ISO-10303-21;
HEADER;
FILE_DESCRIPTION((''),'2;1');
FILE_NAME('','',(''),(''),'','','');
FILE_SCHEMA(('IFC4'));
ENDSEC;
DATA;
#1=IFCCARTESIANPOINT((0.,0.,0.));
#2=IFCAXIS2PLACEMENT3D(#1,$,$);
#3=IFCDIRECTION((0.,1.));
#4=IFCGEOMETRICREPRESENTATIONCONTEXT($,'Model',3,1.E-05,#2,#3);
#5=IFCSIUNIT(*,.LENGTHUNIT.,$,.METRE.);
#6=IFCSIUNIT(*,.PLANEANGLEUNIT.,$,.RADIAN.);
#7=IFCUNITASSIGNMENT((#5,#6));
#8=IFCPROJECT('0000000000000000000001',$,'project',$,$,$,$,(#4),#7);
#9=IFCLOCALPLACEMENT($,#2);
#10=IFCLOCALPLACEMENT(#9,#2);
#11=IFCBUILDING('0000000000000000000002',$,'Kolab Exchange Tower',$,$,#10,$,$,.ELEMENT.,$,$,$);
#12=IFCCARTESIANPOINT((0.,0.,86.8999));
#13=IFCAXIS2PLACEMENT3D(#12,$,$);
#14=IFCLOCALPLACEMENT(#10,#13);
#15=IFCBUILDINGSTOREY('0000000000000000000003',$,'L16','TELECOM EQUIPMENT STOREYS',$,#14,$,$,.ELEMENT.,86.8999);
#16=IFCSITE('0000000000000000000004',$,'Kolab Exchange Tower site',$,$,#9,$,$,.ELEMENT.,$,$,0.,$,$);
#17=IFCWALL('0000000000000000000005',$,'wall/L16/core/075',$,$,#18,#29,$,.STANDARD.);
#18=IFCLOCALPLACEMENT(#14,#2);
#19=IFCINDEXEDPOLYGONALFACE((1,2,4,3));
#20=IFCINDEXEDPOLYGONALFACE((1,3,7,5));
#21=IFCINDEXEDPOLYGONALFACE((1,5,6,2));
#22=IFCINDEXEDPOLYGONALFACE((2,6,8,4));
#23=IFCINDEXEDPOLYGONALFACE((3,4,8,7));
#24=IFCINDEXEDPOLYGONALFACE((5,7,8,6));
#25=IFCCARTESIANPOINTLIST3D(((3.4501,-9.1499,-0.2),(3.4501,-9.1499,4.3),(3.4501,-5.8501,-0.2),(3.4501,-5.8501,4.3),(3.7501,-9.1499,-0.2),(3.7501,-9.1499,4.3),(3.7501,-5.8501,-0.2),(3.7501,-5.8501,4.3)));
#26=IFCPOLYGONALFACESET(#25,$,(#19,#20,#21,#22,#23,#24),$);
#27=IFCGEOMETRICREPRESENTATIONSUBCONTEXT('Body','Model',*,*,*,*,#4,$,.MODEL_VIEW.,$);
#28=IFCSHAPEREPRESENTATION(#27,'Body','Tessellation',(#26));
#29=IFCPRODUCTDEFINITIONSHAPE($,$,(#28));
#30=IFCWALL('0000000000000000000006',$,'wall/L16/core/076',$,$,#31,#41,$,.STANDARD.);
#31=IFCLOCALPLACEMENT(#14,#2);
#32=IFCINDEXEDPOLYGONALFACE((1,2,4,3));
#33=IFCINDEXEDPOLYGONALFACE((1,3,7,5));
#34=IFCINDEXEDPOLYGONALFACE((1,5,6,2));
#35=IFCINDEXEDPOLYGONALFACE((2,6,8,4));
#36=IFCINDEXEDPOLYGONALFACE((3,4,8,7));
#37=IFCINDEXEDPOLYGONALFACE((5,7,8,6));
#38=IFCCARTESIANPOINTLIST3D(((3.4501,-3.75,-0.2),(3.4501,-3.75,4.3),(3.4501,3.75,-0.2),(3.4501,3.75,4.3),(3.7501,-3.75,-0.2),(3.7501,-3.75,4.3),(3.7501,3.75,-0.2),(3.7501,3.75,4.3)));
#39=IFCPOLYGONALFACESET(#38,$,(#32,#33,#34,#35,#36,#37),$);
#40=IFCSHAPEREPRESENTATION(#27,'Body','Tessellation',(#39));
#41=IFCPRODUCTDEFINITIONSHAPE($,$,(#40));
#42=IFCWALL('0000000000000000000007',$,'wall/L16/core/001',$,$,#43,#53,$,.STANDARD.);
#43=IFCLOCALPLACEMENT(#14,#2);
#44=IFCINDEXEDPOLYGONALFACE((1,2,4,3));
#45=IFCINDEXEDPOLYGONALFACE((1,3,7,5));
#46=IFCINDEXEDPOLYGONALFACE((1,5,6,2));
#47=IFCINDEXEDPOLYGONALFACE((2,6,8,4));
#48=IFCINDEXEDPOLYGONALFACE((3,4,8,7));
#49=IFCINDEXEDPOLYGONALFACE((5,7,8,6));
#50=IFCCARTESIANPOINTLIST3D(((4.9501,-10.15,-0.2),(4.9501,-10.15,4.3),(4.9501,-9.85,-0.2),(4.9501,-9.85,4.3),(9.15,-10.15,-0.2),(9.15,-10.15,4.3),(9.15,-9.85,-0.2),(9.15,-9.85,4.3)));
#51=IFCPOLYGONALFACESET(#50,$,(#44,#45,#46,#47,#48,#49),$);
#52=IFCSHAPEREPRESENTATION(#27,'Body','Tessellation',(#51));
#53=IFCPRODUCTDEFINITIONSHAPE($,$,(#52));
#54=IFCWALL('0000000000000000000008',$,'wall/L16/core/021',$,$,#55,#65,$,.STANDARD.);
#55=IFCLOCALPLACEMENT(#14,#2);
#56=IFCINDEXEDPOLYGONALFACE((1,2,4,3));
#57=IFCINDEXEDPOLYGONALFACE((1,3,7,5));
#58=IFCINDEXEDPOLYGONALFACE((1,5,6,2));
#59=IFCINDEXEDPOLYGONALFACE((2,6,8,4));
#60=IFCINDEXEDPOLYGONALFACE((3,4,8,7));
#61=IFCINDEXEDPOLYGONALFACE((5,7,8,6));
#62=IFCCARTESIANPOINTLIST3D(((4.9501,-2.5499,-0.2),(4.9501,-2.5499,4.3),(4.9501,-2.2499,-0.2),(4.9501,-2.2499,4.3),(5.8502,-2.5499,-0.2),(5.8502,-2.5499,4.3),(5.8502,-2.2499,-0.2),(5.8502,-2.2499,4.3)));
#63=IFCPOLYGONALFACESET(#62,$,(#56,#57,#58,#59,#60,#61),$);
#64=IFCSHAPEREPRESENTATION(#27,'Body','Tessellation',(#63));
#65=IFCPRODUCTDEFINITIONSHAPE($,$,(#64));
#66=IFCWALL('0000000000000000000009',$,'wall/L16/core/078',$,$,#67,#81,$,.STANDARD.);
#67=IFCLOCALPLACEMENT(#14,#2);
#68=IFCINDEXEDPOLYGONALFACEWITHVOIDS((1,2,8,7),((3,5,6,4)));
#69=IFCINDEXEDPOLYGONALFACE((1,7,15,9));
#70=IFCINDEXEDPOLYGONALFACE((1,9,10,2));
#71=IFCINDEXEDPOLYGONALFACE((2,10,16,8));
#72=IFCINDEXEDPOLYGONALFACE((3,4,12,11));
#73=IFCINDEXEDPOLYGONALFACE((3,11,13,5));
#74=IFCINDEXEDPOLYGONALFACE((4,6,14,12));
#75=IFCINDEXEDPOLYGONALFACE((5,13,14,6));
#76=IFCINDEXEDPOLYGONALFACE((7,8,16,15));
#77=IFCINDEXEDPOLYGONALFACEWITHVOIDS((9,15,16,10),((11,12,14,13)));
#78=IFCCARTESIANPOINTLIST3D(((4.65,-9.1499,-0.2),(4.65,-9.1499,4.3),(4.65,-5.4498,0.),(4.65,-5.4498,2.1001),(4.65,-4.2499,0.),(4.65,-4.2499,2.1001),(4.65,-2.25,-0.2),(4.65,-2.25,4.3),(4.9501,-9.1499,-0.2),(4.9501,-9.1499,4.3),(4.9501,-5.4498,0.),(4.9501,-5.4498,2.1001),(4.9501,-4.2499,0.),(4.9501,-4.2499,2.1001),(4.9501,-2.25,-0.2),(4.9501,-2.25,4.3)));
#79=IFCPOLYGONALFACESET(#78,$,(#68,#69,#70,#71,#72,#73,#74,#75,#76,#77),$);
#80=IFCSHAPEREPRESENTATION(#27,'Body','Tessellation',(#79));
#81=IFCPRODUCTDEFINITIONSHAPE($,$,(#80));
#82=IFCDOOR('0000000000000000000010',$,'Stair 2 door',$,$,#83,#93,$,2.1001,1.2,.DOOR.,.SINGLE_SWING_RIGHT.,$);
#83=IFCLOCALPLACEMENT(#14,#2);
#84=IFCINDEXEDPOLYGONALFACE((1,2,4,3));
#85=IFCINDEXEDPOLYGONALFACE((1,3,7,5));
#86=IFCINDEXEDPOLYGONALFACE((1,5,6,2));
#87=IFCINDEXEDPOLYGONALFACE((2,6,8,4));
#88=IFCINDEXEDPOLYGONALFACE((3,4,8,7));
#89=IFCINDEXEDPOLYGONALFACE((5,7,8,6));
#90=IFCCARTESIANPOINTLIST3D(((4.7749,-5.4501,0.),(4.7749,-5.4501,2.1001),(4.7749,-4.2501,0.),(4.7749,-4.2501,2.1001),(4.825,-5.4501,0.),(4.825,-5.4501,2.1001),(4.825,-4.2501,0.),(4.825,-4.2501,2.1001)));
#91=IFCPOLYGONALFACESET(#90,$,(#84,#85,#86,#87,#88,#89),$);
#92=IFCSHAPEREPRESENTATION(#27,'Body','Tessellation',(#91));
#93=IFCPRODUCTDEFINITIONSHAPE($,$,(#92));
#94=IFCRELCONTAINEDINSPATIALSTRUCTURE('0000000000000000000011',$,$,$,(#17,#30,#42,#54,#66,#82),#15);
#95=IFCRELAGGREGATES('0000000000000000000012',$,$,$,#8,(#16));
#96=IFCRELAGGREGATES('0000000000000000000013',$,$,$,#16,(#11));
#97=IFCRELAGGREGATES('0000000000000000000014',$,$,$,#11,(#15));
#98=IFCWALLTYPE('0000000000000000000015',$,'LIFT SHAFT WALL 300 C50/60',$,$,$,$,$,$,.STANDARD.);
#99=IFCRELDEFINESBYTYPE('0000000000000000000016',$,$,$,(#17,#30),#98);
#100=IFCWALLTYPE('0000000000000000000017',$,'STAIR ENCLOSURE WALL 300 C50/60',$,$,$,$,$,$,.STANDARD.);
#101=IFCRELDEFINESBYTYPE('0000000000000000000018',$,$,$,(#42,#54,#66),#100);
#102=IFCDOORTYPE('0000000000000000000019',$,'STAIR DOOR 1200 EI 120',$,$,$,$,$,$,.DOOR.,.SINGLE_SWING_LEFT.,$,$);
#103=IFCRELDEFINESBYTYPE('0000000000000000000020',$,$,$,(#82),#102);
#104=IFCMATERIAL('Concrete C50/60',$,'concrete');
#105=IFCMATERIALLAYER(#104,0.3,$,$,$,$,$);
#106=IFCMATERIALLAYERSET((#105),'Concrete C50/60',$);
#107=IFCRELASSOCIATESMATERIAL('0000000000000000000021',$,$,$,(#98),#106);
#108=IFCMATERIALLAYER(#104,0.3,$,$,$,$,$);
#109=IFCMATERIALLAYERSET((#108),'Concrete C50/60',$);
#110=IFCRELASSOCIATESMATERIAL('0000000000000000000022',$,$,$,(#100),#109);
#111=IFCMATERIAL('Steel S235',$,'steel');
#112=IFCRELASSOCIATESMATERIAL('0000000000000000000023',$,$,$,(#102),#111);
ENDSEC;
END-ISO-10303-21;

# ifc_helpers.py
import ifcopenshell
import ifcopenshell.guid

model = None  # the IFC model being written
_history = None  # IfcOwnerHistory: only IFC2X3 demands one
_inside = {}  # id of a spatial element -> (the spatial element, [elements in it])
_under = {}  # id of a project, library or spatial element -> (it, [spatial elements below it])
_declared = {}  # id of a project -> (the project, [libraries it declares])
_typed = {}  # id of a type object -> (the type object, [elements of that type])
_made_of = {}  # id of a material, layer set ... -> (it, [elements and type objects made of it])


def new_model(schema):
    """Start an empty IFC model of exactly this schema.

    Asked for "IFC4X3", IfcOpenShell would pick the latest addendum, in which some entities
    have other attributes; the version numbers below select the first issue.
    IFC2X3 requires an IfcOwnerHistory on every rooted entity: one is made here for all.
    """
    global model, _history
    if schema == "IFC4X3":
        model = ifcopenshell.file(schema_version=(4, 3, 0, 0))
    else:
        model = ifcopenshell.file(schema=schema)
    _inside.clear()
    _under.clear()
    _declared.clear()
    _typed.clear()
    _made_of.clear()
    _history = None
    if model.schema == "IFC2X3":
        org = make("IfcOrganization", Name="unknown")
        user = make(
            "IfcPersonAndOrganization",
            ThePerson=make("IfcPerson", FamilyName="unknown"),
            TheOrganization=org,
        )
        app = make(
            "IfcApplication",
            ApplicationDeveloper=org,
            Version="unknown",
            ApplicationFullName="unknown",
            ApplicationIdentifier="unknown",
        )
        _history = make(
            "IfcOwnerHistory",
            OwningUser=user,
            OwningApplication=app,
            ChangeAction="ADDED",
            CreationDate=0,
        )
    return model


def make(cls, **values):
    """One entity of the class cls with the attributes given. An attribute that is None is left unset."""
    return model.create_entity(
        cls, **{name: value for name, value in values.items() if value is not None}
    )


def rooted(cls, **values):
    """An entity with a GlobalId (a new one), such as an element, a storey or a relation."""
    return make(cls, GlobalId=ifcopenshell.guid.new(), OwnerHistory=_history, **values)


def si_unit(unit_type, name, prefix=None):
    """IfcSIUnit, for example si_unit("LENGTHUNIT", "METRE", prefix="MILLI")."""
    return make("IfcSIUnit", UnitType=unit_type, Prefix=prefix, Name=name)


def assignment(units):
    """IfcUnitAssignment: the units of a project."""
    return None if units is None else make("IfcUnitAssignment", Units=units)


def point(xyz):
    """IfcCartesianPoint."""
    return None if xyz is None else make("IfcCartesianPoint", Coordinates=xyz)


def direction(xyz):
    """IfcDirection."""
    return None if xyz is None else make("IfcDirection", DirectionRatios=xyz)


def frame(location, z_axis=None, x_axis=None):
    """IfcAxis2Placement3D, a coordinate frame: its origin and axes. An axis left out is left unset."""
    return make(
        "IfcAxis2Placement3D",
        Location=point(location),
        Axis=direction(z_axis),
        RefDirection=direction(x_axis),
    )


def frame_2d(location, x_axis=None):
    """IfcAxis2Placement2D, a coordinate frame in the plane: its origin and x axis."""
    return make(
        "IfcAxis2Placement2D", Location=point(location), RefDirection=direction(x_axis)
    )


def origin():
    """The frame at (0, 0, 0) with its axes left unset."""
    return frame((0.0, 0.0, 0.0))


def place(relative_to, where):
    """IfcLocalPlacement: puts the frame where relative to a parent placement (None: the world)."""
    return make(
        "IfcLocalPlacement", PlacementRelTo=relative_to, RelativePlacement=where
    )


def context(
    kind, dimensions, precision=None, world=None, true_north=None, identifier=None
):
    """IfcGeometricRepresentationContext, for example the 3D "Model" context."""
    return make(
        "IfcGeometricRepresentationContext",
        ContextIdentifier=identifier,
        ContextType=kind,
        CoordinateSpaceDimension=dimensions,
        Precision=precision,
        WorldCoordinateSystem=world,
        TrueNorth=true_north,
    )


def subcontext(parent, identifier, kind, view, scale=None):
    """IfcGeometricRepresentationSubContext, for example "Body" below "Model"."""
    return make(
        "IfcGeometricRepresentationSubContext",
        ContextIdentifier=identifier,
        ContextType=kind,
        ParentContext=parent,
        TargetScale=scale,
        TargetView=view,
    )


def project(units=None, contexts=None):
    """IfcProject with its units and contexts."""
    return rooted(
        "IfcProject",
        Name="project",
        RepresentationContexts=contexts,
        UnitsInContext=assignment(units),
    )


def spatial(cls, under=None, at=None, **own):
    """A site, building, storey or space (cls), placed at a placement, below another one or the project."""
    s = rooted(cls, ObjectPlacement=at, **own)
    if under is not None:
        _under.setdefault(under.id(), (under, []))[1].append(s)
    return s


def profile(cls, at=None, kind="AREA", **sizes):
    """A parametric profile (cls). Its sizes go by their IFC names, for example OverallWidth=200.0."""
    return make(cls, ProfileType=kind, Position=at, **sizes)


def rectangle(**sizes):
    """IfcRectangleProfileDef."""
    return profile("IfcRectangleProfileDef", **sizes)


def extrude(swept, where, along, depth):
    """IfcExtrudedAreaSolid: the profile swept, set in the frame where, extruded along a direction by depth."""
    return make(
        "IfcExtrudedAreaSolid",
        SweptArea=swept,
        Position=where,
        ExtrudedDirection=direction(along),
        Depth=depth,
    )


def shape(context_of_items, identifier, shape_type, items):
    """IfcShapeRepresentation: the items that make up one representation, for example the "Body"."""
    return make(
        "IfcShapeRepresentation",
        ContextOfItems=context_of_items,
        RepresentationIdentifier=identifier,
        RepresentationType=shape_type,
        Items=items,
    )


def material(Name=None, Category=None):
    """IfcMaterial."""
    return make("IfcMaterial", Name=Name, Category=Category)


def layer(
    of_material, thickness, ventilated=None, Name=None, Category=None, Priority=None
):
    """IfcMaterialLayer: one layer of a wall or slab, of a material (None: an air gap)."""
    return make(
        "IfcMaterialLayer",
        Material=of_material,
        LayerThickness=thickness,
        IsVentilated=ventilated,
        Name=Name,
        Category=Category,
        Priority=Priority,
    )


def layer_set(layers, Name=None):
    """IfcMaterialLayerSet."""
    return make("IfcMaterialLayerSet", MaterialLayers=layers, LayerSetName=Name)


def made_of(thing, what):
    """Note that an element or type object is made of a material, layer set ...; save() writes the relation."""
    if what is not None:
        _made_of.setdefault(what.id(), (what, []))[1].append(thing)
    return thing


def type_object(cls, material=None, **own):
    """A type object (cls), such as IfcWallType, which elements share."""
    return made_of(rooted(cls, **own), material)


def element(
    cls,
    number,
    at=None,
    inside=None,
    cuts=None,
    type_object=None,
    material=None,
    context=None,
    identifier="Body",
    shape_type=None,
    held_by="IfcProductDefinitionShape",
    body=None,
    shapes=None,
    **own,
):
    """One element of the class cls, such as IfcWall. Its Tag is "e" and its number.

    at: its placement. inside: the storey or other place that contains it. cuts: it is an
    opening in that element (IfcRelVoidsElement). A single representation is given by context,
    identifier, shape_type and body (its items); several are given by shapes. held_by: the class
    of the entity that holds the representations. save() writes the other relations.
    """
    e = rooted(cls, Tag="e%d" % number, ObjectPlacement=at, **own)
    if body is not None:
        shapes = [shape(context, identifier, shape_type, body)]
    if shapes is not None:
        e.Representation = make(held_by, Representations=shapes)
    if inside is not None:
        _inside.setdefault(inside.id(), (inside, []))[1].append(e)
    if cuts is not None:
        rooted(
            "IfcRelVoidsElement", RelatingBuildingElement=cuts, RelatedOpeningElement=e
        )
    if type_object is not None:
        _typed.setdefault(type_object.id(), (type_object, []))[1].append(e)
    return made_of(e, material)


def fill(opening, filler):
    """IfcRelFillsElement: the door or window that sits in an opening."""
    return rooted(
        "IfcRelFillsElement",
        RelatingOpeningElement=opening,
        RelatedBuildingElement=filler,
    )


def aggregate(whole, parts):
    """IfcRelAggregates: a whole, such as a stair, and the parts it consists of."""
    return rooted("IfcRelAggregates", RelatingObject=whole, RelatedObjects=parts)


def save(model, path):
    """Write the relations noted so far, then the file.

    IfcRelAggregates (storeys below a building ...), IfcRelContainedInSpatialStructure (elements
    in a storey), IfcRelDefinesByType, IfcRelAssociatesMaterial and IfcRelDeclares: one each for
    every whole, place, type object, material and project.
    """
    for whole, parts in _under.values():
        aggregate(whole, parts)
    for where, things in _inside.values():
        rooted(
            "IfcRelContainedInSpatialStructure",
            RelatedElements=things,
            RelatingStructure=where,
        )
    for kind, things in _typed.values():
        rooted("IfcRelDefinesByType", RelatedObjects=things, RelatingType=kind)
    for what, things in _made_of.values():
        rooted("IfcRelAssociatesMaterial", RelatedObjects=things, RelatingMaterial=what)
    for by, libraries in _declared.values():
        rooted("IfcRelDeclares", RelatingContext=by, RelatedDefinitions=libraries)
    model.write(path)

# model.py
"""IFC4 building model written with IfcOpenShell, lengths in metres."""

from ifc_helpers import new_model, si_unit, direction, frame, frame_2d, origin, place, context, subcontext, project, spatial, rectangle, extrude, material, layer, layer_set, type_object, element, fill, save


model = new_model("IFC4")

# Units and contexts
model_context = context("Model", 3, precision=1e-05, world=origin(), true_north=direction((0.0, 1.0)))
body_context = subcontext(model_context, "Body", "Model", "MODEL_VIEW")
ifc_project = project(units=[si_unit("LENGTHUNIT", "METRE"), si_unit("PLANEANGLEUNIT", "RADIAN")], contexts=[model_context])

# Site, building, storey
site_placement = place(None, origin())
site = spatial("IfcSite", under=ifc_project, at=site_placement, Name="Kolab Exchange Tower site", CompositionType="ELEMENT", RefElevation=0.0)
building_placement = place(site_placement, origin())
building = spatial("IfcBuilding", under=site, at=building_placement, Name="Kolab Exchange Tower", CompositionType="ELEMENT")
storey_placement = place(building_placement, frame((0.0, 0.0, 86.8999)))
storey = spatial("IfcBuildingStorey", under=building, at=storey_placement, Name="L16", Description="TELECOM EQUIPMENT STOREYS", CompositionType="ELEMENT", Elevation=86.8999)

# Shared definitions
ifc_material_1 = material(Name="Concrete C50/60", Category="concrete")
ifc_layer_1 = layer(ifc_material_1, 0.3)
ifc_layer_set_1 = layer_set([ifc_layer_1], Name="Concrete C50/60")
wall_type_1 = type_object("IfcWallType", Name="LIFT SHAFT WALL 300 C50/60", PredefinedType="STANDARD", material=ifc_layer_set_1)
ifc_material_2 = material(Name="Steel S235", Category="steel")

# Walls
wall_1_placement = place(storey_placement, frame((3.6001, -9.1499, -0.2), z_axis=(0.0, 0.0, 1.0), x_axis=(0.0, 1.0, 0.0)))
element("IfcWall", 1, at=wall_1_placement, inside=storey, type_object=wall_type_1, Name="wall/L16/core/075", PredefinedType="STANDARD", context=body_context, shape_type="SweptSolid", body=[
    extrude(rectangle(XDim=3.2998, YDim=0.3, at=frame_2d((1.6499, 0.0))), origin(), (0.0, 0.0, 1.0), 4.5),
])
wall_2_placement = place(storey_placement, frame((3.6001, -3.75, -0.2), z_axis=(0.0, 0.0, 1.0), x_axis=(0.0, 1.0, 0.0)))
element("IfcWall", 2, at=wall_2_placement, inside=storey, type_object=wall_type_1, Name="wall/L16/core/076", PredefinedType="STANDARD", context=body_context, shape_type="SweptSolid", body=[
    extrude(rectangle(XDim=7.5, YDim=0.3, at=frame_2d((3.75, 0.0))), origin(), (0.0, 0.0, 1.0), 4.5),
])
ifc_layer_2 = layer(ifc_material_1, 0.3)
ifc_layer_set_2 = layer_set([ifc_layer_2], Name="Concrete C50/60")
wall_type_2 = type_object("IfcWallType", Name="STAIR ENCLOSURE WALL 300 C50/60", PredefinedType="STANDARD", material=ifc_layer_set_2)
wall_3_placement = place(storey_placement, frame((4.95, -10.0, -0.2), z_axis=(0.0, 0.0, 1.0), x_axis=(1.0, 0.0, 0.0)))
element("IfcWall", 3, at=wall_3_placement, inside=storey, type_object=wall_type_2, Name="wall/L16/core/001", PredefinedType="STANDARD", context=body_context, shape_type="SweptSolid", body=[
    extrude(rectangle(XDim=4.2, YDim=0.3, at=frame_2d((2.1001, 0.0))), origin(), (0.0, 0.0, 1.0), 4.5),
])
wall_4_placement = place(storey_placement, frame((4.95, -2.3999, -0.2), z_axis=(0.0, 0.0, 1.0), x_axis=(1.0, 0.0, 0.0)))
element("IfcWall", 4, at=wall_4_placement, inside=storey, type_object=wall_type_2, Name="wall/L16/core/021", PredefinedType="STANDARD", context=body_context, shape_type="SweptSolid", body=[
    extrude(rectangle(XDim=0.9001, YDim=0.3, at=frame_2d((0.4502, 0.0))), origin(), (0.0, 0.0, 1.0), 4.5),
])

# Wall, opening, door
wall_5_placement = place(storey_placement, frame((4.8, -9.1499, -0.2), z_axis=(0.0, 0.0, 1.0), x_axis=(0.0, 1.0, 0.0)))
wall_5 = element("IfcWall", 5, at=wall_5_placement, inside=storey, type_object=wall_type_2, Name="wall/L16/core/078", PredefinedType="STANDARD", context=body_context, shape_type="SweptSolid", body=[
    extrude(rectangle(XDim=6.8999, YDim=0.3, at=frame_2d((3.45, 0.0))), origin(), (0.0, 0.0, 1.0), 4.5),
])
opening_1_placement = place(wall_5_placement, frame((3.7, 0.0, 0.2)))
opening_1 = element("IfcOpeningElement", 6, at=opening_1_placement, cuts=wall_5, PredefinedType="OPENING", context=body_context, shape_type="SweptSolid", body=[
    extrude(rectangle(XDim=1.2, YDim=2.1001, at=frame_2d((0.6001, 1.05))), frame((0.0, 0.1602, 0.0), z_axis=(0.0, -1.0, 0.0), x_axis=(1.0, 0.0, 0.0)), (0.0, 0.0, 1.0), 0.3201),
])
door_type_1 = type_object("IfcDoorType", Name="STAIR DOOR 1200 EI 120", OperationType="SINGLE_SWING_LEFT", PredefinedType="DOOR", material=ifc_material_2)
door_1_placement = place(opening_1_placement, frame((1.2, 0.0, 0.0), z_axis=(0.0, 0.0, 1.0), x_axis=(-1.0, 0.0, 0.0)))
door_1 = element("IfcDoor", 7, at=door_1_placement, inside=storey, type_object=door_type_1, Name="Stair 2 door", OperationType="SINGLE_SWING_RIGHT", OverallHeight=2.1001, OverallWidth=1.2, PredefinedType="DOOR", context=body_context, shape_type="SweptSolid", body=[
    extrude(rectangle(XDim=1.2, YDim=2.1001, at=frame_2d((0.6001, 1.05))), frame((0.0, 0.0249, 0.0), z_axis=(0.0, -1.0, 0.0), x_axis=(1.0, 0.0, 0.0)), (0.0, 0.0, 1.0), 0.05),
])
fill(opening_1, door_1)

save(model, "model.ifc")
